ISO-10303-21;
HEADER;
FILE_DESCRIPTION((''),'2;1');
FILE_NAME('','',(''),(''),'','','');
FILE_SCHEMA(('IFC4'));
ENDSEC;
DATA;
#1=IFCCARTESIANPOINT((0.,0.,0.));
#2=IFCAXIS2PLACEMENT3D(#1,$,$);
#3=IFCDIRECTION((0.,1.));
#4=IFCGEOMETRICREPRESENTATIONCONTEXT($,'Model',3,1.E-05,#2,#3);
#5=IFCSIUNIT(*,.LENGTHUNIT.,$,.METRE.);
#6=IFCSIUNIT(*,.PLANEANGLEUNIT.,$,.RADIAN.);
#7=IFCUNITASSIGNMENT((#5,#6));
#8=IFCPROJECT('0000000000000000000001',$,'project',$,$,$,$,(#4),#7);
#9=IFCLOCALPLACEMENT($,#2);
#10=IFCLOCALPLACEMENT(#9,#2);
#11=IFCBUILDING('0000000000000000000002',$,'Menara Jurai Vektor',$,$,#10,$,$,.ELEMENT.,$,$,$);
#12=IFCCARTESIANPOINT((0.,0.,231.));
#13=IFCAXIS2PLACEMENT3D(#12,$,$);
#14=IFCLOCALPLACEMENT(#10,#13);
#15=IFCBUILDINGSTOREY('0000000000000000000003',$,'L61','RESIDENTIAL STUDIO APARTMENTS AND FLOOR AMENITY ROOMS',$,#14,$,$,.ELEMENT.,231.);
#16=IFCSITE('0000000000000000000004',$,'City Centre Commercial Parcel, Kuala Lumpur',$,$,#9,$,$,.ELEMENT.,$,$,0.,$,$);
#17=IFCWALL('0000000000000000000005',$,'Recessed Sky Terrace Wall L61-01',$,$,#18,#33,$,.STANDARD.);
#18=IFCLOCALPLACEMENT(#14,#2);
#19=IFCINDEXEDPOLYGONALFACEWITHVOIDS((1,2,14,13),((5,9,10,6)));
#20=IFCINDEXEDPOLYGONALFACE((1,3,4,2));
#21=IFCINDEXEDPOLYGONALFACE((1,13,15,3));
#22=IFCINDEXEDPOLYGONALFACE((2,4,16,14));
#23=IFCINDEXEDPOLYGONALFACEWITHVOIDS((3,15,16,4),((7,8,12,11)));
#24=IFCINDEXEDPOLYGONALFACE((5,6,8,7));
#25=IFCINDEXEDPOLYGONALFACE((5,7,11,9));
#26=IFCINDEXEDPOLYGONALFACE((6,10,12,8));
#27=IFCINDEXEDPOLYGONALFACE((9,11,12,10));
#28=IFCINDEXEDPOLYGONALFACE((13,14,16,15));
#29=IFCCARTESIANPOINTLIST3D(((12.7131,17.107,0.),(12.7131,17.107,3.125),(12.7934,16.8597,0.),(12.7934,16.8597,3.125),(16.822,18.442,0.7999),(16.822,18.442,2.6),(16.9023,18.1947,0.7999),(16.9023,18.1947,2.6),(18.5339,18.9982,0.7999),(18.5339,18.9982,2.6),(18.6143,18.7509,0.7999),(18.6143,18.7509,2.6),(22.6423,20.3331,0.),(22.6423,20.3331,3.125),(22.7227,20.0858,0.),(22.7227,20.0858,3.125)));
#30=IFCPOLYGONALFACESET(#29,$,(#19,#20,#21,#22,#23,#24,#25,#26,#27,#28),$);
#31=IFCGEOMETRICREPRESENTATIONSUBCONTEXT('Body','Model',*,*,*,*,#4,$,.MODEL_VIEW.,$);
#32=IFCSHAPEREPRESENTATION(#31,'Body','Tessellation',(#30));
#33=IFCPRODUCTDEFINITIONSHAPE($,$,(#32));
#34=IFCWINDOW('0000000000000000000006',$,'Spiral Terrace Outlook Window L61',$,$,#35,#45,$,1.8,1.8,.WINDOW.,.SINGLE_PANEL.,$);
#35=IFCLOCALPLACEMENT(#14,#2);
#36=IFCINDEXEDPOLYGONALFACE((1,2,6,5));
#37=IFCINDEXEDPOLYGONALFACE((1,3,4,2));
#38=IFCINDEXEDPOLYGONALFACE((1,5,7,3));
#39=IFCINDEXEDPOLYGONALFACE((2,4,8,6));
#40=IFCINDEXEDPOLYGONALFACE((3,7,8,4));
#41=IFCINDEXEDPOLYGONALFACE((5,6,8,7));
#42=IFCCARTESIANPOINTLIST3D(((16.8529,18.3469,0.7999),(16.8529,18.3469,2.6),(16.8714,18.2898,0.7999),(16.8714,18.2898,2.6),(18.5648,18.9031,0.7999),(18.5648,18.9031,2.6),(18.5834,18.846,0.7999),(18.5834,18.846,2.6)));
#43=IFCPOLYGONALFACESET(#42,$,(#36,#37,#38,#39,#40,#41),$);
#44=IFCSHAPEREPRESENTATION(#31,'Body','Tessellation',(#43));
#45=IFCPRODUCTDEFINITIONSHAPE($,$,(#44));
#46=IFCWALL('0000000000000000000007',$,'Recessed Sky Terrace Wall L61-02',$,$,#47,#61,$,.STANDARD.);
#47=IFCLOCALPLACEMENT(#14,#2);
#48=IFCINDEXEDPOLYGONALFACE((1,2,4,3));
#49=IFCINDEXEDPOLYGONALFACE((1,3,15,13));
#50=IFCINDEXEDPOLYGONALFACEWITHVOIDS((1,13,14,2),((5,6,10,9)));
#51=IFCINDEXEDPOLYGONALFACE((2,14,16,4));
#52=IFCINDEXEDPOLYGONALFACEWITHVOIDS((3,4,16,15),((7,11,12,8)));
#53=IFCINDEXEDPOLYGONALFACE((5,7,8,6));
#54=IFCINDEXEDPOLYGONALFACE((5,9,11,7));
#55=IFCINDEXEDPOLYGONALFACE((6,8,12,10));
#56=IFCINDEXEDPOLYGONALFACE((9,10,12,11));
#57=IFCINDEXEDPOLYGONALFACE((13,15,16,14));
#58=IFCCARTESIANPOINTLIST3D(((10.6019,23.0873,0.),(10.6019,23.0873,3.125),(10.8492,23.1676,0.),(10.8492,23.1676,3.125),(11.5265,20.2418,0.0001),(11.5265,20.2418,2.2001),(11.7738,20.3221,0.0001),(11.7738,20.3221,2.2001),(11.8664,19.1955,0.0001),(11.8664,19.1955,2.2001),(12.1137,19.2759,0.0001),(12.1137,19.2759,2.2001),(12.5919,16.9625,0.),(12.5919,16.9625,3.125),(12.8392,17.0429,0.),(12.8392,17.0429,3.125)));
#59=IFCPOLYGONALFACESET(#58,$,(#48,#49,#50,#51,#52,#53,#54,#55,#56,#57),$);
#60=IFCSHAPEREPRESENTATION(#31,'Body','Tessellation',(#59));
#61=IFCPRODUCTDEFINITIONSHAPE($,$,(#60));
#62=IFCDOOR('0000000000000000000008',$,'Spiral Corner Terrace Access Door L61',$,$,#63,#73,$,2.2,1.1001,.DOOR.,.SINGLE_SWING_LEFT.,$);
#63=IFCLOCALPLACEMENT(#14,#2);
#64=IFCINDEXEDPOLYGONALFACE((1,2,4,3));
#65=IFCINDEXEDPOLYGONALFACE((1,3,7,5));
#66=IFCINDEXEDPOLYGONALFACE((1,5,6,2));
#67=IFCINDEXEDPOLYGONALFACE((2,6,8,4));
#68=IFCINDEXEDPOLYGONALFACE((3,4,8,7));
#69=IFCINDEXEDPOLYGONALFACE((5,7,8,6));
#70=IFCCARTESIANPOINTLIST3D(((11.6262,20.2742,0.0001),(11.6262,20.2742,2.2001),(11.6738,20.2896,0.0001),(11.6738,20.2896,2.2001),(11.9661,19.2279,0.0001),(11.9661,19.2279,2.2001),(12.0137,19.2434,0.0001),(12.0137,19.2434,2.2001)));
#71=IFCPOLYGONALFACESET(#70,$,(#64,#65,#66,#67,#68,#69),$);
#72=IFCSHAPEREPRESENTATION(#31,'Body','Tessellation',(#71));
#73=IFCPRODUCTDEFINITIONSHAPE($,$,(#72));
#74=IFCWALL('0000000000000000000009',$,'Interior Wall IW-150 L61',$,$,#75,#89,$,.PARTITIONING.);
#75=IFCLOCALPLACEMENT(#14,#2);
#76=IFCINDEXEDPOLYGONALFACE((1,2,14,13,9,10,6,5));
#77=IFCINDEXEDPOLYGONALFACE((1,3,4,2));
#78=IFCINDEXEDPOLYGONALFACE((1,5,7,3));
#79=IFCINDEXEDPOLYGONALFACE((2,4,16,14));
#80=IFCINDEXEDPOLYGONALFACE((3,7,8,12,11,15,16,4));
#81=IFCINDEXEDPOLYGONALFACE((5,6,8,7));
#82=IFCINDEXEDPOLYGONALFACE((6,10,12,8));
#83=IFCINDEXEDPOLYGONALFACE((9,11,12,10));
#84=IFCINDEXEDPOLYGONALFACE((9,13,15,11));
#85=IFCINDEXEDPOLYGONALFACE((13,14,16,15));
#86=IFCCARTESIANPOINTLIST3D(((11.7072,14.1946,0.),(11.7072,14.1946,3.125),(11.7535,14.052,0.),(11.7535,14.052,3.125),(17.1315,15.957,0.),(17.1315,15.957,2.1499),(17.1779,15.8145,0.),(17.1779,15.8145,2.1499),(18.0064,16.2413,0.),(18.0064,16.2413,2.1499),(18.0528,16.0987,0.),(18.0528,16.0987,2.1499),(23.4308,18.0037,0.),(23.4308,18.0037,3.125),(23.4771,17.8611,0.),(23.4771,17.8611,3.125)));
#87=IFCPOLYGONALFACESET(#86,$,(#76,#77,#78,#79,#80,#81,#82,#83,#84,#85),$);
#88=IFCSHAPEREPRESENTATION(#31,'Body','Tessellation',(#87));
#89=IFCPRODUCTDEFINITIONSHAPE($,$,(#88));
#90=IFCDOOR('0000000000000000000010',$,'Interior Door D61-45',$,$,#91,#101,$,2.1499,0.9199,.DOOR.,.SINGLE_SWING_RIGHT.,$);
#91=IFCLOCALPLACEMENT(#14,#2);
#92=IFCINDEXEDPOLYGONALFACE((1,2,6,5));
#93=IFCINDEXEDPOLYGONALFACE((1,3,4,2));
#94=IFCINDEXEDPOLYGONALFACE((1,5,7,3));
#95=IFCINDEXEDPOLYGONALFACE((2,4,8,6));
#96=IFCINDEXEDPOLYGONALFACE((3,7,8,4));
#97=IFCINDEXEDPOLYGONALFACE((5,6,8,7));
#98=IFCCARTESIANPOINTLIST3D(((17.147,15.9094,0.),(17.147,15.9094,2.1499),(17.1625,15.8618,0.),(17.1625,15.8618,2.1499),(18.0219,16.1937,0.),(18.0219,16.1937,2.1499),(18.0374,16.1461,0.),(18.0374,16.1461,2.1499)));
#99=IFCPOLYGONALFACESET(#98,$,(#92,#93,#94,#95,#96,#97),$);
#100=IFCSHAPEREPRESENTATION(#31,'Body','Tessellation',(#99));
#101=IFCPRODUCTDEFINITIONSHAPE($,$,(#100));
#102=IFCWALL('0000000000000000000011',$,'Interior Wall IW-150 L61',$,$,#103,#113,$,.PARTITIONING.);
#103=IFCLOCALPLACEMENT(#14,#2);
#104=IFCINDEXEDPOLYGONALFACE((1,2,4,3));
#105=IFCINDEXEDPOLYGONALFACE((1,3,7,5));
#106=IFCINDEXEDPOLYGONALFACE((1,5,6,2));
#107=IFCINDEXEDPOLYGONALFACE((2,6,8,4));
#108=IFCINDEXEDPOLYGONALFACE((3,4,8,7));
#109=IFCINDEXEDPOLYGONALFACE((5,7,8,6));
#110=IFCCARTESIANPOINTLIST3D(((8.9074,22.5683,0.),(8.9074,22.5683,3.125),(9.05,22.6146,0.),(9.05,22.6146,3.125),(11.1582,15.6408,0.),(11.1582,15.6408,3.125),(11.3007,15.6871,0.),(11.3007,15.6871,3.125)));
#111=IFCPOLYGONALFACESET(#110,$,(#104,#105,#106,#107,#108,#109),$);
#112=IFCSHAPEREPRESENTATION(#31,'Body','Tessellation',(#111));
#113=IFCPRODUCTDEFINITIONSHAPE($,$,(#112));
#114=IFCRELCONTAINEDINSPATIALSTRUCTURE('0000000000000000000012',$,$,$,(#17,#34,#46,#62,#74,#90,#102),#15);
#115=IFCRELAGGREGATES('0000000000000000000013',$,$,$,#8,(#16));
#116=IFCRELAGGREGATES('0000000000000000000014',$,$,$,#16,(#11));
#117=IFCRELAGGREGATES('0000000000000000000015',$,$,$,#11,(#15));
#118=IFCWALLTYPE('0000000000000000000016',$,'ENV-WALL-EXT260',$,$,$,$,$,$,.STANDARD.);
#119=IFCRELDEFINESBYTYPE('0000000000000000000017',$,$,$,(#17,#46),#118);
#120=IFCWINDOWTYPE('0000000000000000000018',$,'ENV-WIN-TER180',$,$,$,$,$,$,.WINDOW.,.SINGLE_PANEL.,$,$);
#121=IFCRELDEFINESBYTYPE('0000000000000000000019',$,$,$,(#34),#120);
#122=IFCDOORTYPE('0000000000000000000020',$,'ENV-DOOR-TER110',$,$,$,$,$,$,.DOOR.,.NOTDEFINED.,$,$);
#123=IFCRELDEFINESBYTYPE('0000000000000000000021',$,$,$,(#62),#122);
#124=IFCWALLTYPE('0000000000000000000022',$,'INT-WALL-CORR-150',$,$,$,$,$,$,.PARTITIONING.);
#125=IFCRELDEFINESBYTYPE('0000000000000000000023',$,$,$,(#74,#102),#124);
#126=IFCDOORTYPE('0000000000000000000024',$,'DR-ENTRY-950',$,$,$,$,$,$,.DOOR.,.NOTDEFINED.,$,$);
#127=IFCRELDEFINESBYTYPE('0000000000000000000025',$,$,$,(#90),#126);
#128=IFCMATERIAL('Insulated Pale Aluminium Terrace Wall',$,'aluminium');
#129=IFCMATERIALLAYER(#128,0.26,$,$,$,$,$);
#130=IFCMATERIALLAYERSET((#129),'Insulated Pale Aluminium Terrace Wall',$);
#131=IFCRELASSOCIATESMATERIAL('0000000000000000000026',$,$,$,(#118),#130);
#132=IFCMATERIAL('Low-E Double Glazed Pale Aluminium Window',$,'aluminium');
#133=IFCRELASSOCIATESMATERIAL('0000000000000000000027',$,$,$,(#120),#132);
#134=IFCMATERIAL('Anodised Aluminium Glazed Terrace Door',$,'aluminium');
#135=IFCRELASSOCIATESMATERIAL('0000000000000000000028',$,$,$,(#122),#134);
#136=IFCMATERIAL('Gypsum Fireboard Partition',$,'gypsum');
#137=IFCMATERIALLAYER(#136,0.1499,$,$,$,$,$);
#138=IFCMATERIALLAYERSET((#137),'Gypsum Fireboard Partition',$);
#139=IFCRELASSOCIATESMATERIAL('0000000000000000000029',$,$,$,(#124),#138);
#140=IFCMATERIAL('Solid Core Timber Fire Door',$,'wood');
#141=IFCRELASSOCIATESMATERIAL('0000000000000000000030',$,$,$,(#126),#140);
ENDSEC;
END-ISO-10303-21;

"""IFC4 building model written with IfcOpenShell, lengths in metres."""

from ifc_helpers import new_model, si_unit, direction, frame, frame_2d, origin, place, context, subcontext, project, spatial, rectangle, extrude, material, layer, layer_set, type_object, element, fill, save


model = new_model("IFC4")

# Units and contexts
model_context = context("Model", 3, precision=1e-05, world=origin(), true_north=direction((0.0, 1.0)))
body_context = subcontext(model_context, "Body", "Model", "MODEL_VIEW")
ifc_project = project(units=[si_unit("LENGTHUNIT", "METRE"), si_unit("PLANEANGLEUNIT", "RADIAN")], contexts=[model_context])

# Site, building, storey
site_placement = place(None, origin())
site = spatial("IfcSite", under=ifc_project, at=site_placement, Name="City Centre Commercial Parcel, Kuala Lumpur", CompositionType="ELEMENT", RefElevation=0.0)
building_placement = place(site_placement, origin())
building = spatial("IfcBuilding", under=site, at=building_placement, Name="Menara Jurai Vektor", CompositionType="ELEMENT")
storey_placement = place(building_placement, frame((0.0, 0.0, 231.0)))
storey = spatial("IfcBuildingStorey", under=building, at=storey_placement, Name="L61", Description="RESIDENTIAL STUDIO APARTMENTS AND FLOOR AMENITY ROOMS", CompositionType="ELEMENT", Elevation=231.0)

# Wall, opening, window
ifc_material_1 = material(Name="Insulated Pale Aluminium Terrace Wall", Category="aluminium")
ifc_layer_1 = layer(ifc_material_1, 0.26)
ifc_layer_set_1 = layer_set([ifc_layer_1], Name="Insulated Pale Aluminium Terrace Wall")
wall_type_1 = type_object("IfcWallType", Name="ENV-WALL-EXT260", PredefinedType="STANDARD", material=ifc_layer_set_1)
wall_1_placement = place(storey_placement, frame((22.6826, 20.2095, 0.0), z_axis=(0.0, 0.0, 1.0), x_axis=(-0.95106, -0.309007, 0.0)))
wall_1 = element("IfcWall", 1, at=wall_1_placement, inside=storey, type_object=wall_type_1, Name="Recessed Sky Terrace Wall L61-01", PredefinedType="STANDARD", context=body_context, shape_type="SweptSolid", body=[
    extrude(rectangle(XDim=10.4402, YDim=0.26, at=frame_2d((5.2202, 0.0))), origin(), (0.0, 0.0, 1.0), 3.125),
])
opening_1_placement = place(wall_1_placement, frame((4.3201, 0.0, 0.8)))
opening_1 = element("IfcOpeningElement", 2, at=opening_1_placement, cuts=wall_1, PredefinedType="OPENING", context=body_context, shape_type="SweptSolid", body=[
    extrude(rectangle(XDim=1.8, YDim=1.8, at=frame_2d((0.8999, 0.8999))), frame((0.0, 0.1401, 0.0), z_axis=(0.0, -1.0, 0.0), x_axis=(1.0, 0.0, 0.0)), (0.0, 0.0, 1.0), 0.28),
])
ifc_material_2 = material(Name="Low-E Double Glazed Pale Aluminium Window", Category="aluminium")
window_type = type_object("IfcWindowType", Name="ENV-WIN-TER180", PartitioningType="SINGLE_PANEL", PredefinedType="WINDOW", material=ifc_material_2)
window_placement = place(opening_1_placement, origin())
window = element("IfcWindow", 3, at=window_placement, inside=storey, type_object=window_type, Name="Spiral Terrace Outlook Window L61", OverallHeight=1.8, OverallWidth=1.8, PartitioningType="SINGLE_PANEL", PredefinedType="WINDOW", context=body_context, shape_type="SweptSolid", body=[
    extrude(rectangle(XDim=1.8, YDim=1.8, at=frame_2d((0.8999, 0.8999))), frame((0.0, 0.03, 0.0), z_axis=(0.0, -1.0, 0.0), x_axis=(1.0, 0.0, 0.0)), (0.0, 0.0, 1.0), 0.0601),
])
fill(opening_1, window)

# Walls, openings, doors
wall_2_placement = place(storey_placement, frame((12.7156, 17.0027, 0.0), z_axis=(0.0, 0.0, 1.0), x_axis=(-0.309008, 0.951059, 0.0)))
wall_2 = element("IfcWall", 4, at=wall_2_placement, inside=storey, type_object=wall_type_1, Name="Recessed Sky Terrace Wall L61-02", PredefinedType="STANDARD", context=body_context, shape_type="SweptSolid", body=[
    extrude(rectangle(XDim=6.4399, YDim=0.26, at=frame_2d((3.22, 0.0))), origin(), (0.0, 0.0, 1.0), 3.125),
])
opening_2_placement = place(wall_2_placement, frame((2.3479, 0.0, 0.0)))
opening_2 = element("IfcOpeningElement", 5, at=opening_2_placement, cuts=wall_2, PredefinedType="OPENING", context=body_context, shape_type="SweptSolid", body=[
    extrude(rectangle(XDim=1.1001, YDim=2.2, at=frame_2d((0.55, 1.1001))), frame((0.0, 0.1401, 0.0), z_axis=(0.0, -1.0, 0.0), x_axis=(1.0, 0.0, 0.0)), (0.0, 0.0, 1.0), 0.28),
])
ifc_material_3 = material(Name="Anodised Aluminium Glazed Terrace Door", Category="aluminium")
door_type_1 = type_object("IfcDoorType", Name="ENV-DOOR-TER110", OperationType="NOTDEFINED", PredefinedType="DOOR", material=ifc_material_3)
door_1_placement = place(opening_2_placement, frame((1.1001, 0.0, 0.0), z_axis=(0.0, 0.0, 1.0), x_axis=(-1.0, 0.0, 0.0)))
door_1 = element("IfcDoor", 6, at=door_1_placement, inside=storey, type_object=door_type_1, Name="Spiral Corner Terrace Access Door L61", OperationType="SINGLE_SWING_LEFT", OverallHeight=2.2, OverallWidth=1.1001, PredefinedType="DOOR", context=body_context, shape_type="SweptSolid", body=[
    extrude(rectangle(XDim=1.1001, YDim=2.2, at=frame_2d((0.55, 1.1001))), frame((0.0, 0.0249, 0.0), z_axis=(0.0, -1.0, 0.0), x_axis=(1.0, 0.0, 0.0)), (0.0, 0.0, 1.0), 0.05),
])
fill(opening_2, door_1)
ifc_material_4 = material(Name="Gypsum Fireboard Partition", Category="gypsum")
ifc_layer_2 = layer(ifc_material_4, 0.1499)
ifc_layer_set_2 = layer_set([ifc_layer_2], Name="Gypsum Fireboard Partition")
wall_type_2 = type_object("IfcWallType", Name="INT-WALL-CORR-150", PredefinedType="PARTITIONING", material=ifc_layer_set_2)
wall_3_placement = place(storey_placement, frame((11.7302, 14.1233, 0.0), z_axis=(0.0, 0.0, 1.0), x_axis=(0.95106, 0.309005, 0.0)))
wall_3 = element("IfcWall", 7, at=wall_3_placement, inside=storey, type_object=wall_type_2, Name="Interior Wall IW-150 L61", PredefinedType="PARTITIONING", context=body_context, shape_type="SweptSolid", body=[
    extrude(rectangle(XDim=12.3269, YDim=0.1499, at=frame_2d((6.1636, 0.0))), origin(), (0.0, 0.0, 1.0), 3.125),
])
opening_3_placement = place(wall_3_placement, frame((5.7036, 0.0, 0.0)))
opening_3 = element("IfcOpeningElement", 8, at=opening_3_placement, cuts=wall_3, PredefinedType="OPENING", context=body_context, shape_type="SweptSolid", body=[
    extrude(rectangle(XDim=0.9199, YDim=2.1499, at=frame_2d((0.46, 1.075))), frame((0.0, 0.085, 0.0), z_axis=(0.0, -1.0, 0.0), x_axis=(1.0, 0.0, 0.0)), (0.0, 0.0, 1.0), 0.1699),
])
ifc_material_5 = material(Name="Solid Core Timber Fire Door", Category="wood")
door_type_2 = type_object("IfcDoorType", Name="DR-ENTRY-950", OperationType="NOTDEFINED", PredefinedType="DOOR", material=ifc_material_5)
door_2_placement = place(opening_3_placement, origin())
door_2 = element("IfcDoor", 9, at=door_2_placement, inside=storey, type_object=door_type_2, Name="Interior Door D61-45", OperationType="SINGLE_SWING_RIGHT", OverallHeight=2.1499, OverallWidth=0.9199, PredefinedType="DOOR", context=body_context, shape_type="SweptSolid", body=[
    extrude(rectangle(XDim=0.9199, YDim=2.1499, at=frame_2d((0.46, 1.075))), frame((0.0, 0.0249, 0.0), z_axis=(0.0, -1.0, 0.0), x_axis=(1.0, 0.0, 0.0)), (0.0, 0.0, 1.0), 0.05),
])
fill(opening_3, door_2)

# Wall
wall_4_placement = place(storey_placement, frame((11.2295, 15.6638, 0.0), z_axis=(0.0, 0.0, 1.0), x_axis=(-0.308999, 0.951062, 0.0)))
element("IfcWall", 10, at=wall_4_placement, inside=storey, type_object=wall_type_2, Name="Interior Wall IW-150 L61", PredefinedType="PARTITIONING", context=body_context, shape_type="SweptSolid", body=[
    extrude(rectangle(XDim=7.2839, YDim=0.1499, at=frame_2d((3.6421, 0.0))), origin(), (0.0, 0.0, 1.0), 3.125),
])

save(model, "model.ifc")
